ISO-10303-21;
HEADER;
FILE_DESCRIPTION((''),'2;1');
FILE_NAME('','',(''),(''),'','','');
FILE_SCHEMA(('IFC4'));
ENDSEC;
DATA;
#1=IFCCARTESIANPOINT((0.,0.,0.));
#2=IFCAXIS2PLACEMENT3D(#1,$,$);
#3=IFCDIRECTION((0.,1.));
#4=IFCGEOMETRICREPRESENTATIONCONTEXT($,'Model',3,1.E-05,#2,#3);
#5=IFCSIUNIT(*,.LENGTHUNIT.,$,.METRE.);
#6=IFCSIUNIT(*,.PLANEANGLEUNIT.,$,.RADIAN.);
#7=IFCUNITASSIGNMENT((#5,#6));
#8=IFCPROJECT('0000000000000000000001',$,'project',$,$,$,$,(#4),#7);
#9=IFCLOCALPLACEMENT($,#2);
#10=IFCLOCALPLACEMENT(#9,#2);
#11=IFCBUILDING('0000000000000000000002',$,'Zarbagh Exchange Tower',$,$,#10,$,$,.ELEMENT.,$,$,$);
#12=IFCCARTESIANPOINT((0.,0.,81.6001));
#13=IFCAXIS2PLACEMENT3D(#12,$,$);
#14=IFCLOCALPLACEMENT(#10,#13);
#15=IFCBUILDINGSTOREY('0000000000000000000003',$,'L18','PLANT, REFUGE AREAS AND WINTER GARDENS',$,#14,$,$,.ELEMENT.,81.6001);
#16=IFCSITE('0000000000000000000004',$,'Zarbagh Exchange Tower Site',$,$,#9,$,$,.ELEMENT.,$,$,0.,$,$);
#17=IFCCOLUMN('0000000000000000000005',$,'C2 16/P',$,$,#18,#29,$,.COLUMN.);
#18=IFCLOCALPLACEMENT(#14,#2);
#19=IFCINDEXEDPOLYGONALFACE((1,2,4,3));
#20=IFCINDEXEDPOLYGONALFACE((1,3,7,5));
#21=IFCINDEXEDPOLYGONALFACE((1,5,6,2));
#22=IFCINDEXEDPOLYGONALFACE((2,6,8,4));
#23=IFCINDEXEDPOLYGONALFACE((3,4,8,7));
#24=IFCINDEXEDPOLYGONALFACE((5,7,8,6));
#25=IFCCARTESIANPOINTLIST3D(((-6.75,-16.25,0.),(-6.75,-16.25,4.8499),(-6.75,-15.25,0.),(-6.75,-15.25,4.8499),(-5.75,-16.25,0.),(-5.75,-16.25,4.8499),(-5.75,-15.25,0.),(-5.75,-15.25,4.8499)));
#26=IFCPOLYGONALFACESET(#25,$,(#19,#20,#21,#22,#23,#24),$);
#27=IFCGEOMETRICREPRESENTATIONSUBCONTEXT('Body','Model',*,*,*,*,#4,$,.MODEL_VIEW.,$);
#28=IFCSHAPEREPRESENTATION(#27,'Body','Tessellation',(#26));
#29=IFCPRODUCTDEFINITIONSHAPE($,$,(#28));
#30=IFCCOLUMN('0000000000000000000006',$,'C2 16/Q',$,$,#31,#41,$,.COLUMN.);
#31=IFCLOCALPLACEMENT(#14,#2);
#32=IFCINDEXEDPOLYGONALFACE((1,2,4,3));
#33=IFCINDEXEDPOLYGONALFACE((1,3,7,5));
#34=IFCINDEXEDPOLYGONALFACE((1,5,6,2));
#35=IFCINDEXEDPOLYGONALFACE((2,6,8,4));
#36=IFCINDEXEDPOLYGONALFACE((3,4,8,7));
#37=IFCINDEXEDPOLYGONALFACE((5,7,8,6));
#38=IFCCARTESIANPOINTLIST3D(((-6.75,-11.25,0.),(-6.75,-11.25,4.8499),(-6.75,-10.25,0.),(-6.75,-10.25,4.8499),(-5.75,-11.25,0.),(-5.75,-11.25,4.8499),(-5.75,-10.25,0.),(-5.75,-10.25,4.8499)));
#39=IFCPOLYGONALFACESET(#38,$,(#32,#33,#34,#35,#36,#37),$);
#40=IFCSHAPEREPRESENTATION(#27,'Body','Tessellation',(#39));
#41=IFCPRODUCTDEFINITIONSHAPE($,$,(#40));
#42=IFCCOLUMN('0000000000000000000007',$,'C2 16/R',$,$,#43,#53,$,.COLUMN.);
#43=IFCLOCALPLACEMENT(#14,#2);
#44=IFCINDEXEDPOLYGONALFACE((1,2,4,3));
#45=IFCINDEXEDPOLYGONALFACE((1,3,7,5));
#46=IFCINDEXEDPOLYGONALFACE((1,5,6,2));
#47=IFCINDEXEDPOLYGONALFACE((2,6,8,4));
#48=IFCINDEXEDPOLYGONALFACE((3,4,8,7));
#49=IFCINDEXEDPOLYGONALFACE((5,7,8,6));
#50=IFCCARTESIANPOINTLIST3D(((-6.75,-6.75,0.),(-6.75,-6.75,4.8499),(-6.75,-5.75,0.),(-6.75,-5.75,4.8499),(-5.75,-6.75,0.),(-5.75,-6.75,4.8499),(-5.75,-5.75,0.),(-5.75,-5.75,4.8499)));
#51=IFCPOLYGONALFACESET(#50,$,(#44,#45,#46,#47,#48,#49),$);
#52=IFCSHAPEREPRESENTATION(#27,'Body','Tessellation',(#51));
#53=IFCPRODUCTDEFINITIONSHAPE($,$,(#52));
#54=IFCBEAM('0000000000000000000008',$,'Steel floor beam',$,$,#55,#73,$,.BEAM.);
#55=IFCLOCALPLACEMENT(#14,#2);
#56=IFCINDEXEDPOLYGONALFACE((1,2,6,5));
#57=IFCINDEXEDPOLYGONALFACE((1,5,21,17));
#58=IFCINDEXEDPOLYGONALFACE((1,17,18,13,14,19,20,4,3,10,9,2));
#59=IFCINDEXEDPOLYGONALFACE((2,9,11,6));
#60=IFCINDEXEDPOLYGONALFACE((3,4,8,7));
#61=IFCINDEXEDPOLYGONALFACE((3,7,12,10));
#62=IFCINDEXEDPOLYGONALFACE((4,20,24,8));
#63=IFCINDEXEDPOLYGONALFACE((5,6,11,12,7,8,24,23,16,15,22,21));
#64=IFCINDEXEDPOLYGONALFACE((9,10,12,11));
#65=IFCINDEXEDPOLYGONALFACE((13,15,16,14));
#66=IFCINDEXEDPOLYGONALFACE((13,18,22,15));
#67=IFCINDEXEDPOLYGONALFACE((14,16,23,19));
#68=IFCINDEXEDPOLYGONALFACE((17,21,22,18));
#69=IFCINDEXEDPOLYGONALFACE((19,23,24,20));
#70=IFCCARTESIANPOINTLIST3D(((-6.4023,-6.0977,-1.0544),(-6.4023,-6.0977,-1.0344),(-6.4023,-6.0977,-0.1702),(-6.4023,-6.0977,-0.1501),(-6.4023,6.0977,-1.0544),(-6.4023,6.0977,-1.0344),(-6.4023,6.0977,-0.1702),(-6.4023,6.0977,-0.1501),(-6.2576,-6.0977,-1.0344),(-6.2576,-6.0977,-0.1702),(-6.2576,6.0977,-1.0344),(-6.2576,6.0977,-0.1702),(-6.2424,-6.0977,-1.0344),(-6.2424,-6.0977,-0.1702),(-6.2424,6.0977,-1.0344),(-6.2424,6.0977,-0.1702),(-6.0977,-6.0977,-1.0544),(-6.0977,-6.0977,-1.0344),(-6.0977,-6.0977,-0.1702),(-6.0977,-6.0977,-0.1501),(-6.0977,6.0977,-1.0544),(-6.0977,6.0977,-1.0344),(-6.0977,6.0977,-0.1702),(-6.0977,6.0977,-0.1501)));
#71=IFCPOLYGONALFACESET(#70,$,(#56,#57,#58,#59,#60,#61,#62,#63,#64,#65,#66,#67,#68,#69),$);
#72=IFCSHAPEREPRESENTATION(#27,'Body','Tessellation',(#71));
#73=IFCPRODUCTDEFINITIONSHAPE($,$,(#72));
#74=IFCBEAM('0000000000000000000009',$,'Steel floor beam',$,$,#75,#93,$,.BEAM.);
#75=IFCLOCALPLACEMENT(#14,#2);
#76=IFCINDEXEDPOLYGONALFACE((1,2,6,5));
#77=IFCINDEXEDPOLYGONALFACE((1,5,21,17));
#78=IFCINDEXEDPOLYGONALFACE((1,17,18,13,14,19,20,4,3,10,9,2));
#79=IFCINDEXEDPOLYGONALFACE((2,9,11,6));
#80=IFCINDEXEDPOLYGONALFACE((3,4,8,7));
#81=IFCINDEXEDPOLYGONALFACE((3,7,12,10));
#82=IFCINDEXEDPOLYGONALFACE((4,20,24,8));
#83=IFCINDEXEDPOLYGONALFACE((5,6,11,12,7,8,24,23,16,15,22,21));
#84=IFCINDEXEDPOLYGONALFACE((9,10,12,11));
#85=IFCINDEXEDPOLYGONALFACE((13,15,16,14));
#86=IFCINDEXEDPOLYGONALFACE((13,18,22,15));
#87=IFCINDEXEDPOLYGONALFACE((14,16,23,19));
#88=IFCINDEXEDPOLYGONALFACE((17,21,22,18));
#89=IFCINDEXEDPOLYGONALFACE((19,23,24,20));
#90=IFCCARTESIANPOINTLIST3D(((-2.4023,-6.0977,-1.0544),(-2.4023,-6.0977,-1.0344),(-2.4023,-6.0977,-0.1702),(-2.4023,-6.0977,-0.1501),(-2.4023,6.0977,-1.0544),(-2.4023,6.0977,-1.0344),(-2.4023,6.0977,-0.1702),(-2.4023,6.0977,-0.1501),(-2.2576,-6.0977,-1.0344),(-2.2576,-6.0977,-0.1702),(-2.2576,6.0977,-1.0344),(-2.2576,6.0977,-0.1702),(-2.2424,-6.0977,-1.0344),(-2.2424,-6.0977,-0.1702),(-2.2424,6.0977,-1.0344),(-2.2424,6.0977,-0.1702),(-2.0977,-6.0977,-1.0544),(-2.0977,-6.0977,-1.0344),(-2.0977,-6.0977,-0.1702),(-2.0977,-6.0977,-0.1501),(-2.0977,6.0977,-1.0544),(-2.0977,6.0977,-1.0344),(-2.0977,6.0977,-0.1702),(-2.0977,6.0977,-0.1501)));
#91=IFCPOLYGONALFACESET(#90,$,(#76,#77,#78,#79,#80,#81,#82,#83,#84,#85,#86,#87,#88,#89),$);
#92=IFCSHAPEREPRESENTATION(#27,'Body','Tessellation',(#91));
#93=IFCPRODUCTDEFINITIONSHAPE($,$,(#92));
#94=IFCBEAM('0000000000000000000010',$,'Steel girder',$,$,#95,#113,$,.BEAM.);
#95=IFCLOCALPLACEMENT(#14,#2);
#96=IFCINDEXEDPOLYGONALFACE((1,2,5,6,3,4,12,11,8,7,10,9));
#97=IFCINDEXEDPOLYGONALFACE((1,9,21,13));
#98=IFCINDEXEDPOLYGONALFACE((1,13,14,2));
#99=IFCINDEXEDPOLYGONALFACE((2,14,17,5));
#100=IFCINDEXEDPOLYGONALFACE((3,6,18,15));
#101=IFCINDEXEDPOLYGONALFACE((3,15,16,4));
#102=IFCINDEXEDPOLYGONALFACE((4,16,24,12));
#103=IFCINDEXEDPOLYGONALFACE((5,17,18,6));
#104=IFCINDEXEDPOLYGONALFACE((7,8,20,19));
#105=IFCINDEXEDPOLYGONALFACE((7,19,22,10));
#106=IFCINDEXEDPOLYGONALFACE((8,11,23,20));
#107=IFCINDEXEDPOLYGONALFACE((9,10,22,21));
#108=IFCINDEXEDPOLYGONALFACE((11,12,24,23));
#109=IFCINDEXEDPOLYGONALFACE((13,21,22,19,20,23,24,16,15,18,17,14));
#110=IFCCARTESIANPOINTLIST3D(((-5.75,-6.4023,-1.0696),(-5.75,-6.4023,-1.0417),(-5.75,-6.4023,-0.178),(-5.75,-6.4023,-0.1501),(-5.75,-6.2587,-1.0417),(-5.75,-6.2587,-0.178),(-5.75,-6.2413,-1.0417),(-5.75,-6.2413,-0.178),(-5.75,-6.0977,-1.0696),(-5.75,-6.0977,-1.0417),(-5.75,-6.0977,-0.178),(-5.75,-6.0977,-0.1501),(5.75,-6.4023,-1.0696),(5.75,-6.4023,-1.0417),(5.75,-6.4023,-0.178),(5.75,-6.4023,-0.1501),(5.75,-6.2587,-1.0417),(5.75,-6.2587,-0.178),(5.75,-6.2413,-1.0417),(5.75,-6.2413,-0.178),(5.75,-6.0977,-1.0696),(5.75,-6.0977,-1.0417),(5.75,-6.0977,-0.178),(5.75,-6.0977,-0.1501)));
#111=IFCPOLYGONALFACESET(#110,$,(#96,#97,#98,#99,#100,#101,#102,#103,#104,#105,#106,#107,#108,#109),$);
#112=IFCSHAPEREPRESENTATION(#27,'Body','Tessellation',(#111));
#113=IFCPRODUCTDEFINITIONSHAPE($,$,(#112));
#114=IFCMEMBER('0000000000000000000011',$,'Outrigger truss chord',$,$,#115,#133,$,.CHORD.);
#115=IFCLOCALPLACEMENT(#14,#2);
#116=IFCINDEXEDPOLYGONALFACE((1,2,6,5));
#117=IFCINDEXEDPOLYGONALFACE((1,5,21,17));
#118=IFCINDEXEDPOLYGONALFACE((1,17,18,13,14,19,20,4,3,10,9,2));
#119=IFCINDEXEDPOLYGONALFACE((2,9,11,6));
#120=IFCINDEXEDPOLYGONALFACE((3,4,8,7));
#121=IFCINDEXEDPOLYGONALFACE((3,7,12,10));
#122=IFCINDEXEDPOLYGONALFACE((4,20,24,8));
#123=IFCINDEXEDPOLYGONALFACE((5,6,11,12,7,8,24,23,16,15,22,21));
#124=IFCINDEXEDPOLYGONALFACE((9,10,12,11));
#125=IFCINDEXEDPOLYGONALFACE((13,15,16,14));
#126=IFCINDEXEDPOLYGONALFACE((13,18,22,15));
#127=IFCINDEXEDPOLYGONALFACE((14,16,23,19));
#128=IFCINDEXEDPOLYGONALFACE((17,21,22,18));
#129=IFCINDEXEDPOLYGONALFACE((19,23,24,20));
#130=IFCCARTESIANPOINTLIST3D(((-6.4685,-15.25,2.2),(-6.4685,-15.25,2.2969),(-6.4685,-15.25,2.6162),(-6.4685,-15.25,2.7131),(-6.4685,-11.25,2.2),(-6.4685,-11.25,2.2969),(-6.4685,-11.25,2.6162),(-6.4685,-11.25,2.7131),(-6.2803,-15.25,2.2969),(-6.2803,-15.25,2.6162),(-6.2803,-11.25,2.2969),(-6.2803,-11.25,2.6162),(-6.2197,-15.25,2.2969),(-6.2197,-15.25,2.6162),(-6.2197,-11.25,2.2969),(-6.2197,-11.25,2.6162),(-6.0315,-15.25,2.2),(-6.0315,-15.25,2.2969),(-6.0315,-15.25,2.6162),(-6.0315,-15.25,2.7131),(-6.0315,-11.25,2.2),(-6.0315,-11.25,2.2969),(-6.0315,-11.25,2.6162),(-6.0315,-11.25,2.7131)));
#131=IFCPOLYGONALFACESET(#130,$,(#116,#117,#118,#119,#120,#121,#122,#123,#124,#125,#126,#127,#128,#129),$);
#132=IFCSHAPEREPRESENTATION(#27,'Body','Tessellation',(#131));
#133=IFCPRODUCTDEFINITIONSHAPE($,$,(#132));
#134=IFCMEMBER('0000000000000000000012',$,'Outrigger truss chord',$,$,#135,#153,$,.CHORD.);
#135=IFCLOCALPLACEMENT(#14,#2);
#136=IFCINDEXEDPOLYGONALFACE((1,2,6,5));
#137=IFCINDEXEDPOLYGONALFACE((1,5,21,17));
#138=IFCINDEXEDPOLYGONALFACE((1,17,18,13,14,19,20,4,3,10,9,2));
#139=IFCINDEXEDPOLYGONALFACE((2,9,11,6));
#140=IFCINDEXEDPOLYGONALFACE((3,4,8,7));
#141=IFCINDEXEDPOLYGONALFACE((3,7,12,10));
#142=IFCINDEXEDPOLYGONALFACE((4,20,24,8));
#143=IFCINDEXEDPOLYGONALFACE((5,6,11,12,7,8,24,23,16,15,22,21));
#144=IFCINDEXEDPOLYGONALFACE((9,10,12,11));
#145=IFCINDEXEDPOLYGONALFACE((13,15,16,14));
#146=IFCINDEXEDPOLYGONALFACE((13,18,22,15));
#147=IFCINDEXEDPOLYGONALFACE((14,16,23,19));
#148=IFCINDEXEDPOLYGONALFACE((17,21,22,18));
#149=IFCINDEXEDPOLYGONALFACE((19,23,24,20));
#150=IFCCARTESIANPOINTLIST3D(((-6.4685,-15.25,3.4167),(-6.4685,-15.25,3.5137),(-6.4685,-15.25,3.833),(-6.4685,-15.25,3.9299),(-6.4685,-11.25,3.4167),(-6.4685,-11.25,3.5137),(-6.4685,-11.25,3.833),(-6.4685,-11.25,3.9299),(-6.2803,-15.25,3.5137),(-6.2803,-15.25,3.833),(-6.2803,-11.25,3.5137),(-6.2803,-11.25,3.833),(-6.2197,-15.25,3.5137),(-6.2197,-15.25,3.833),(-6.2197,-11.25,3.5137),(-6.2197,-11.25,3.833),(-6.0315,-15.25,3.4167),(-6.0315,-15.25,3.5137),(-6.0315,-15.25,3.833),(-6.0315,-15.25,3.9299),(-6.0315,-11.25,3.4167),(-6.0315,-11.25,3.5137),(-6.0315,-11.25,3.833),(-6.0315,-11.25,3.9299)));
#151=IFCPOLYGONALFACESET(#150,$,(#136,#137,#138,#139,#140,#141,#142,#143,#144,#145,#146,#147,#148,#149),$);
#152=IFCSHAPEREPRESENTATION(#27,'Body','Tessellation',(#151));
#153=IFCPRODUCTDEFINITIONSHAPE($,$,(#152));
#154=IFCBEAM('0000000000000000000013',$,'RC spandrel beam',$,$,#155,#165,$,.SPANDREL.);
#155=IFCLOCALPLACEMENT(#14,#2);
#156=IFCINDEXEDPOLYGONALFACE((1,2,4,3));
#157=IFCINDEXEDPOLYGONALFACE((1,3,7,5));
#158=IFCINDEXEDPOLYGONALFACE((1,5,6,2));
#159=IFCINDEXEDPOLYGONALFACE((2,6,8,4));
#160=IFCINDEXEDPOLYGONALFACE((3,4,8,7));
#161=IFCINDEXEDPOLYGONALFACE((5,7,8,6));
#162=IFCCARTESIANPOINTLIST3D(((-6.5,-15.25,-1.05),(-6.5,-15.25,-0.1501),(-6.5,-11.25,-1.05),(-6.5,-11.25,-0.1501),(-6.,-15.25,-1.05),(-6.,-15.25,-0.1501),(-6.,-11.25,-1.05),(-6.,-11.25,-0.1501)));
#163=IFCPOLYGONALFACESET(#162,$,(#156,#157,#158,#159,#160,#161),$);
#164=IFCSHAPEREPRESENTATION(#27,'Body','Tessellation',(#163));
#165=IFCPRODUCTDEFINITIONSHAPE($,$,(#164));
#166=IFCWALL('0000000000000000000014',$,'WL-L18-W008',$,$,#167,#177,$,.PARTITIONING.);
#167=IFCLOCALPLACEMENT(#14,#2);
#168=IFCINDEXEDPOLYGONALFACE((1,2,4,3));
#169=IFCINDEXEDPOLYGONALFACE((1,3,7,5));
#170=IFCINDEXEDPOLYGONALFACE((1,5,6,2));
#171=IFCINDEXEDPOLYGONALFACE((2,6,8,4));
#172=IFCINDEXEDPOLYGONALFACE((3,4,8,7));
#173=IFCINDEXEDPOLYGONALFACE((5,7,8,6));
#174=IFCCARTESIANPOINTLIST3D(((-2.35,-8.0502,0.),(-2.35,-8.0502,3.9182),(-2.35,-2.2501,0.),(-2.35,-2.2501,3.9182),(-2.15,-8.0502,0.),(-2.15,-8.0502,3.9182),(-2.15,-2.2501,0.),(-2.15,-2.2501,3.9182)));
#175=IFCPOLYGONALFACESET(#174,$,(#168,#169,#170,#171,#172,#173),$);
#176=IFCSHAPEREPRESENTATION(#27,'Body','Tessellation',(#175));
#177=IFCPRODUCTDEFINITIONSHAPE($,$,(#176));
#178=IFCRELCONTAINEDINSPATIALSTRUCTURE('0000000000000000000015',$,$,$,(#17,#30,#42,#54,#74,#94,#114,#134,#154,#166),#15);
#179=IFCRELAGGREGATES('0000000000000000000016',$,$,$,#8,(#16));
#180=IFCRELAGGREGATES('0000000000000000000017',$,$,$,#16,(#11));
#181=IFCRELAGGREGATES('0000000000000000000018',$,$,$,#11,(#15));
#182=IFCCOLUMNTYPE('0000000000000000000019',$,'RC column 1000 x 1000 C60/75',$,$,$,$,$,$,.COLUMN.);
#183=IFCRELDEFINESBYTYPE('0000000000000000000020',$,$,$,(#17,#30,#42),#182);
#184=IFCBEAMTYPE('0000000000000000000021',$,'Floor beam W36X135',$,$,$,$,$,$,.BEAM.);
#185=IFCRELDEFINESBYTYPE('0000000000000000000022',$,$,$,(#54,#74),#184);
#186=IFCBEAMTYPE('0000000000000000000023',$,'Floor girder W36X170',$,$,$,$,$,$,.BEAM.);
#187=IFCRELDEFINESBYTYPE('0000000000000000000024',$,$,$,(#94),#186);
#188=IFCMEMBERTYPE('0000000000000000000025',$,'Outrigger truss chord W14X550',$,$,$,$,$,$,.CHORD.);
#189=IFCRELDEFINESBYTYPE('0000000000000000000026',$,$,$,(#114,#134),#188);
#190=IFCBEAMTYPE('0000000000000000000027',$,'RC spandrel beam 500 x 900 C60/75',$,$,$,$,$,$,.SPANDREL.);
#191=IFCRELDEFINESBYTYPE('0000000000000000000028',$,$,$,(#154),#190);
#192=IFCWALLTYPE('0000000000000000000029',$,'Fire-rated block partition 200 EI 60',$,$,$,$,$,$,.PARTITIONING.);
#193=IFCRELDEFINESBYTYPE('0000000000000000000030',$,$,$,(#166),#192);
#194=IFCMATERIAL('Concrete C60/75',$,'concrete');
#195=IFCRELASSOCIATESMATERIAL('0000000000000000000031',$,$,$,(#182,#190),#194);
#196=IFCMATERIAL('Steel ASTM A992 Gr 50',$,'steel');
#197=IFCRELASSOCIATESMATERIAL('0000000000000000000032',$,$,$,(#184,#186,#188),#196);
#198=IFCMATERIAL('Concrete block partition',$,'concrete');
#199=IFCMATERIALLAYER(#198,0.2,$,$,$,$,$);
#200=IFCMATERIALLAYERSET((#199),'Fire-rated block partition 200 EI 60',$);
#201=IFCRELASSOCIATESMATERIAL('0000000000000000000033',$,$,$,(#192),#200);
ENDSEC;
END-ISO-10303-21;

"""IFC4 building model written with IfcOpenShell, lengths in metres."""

from ifc_helpers import new_model, si_unit, direction, frame, frame_2d, origin, origin_2d, place, context, subcontext, project, spatial, rectangle, i_section, extrude, material, layer, layer_set, material_profile, profile_set, type_object, element, save


model = new_model("IFC4")

# Units and contexts
model_context = context("Model", 3, precision=1e-05, world=origin(), true_north=direction((0.0, 1.0)))
body_context = subcontext(model_context, "Body", "Model", "MODEL_VIEW")
ifc_project = project(units=[si_unit("LENGTHUNIT", "METRE"), si_unit("PLANEANGLEUNIT", "RADIAN")], contexts=[model_context])

# Site, building, storey
site_placement = place(None, origin())
site = spatial("IfcSite", under=ifc_project, at=site_placement, Name="Zarbagh Exchange Tower Site", CompositionType="ELEMENT", RefElevation=0.0)
building_placement = place(site_placement, origin())
building = spatial("IfcBuilding", under=site, at=building_placement, Name="Zarbagh Exchange Tower", CompositionType="ELEMENT")
storey_placement = place(building_placement, frame((0.0, 0.0, 81.6001)))
storey = spatial("IfcBuildingStorey", under=building, at=storey_placement, Name="L18", Description="PLANT, REFUGE AREAS AND WINTER GARDENS", CompositionType="ELEMENT", Elevation=81.6001)

# Columns
ifc_material_1 = material(Name="Concrete C60/75", Category="concrete")
ifc_material_profile_1 = material_profile(ifc_material_1, rectangle(XDim=1.0, YDim=1.0, at=origin_2d()), Name="RC column 1000 x 1000 C60/75")
ifc_profile_set_1 = profile_set([ifc_material_profile_1], Name="Concrete C60/75")
column_type = type_object("IfcColumnType", Name="RC column 1000 x 1000 C60/75", PredefinedType="COLUMN", material=ifc_profile_set_1)
for number, where, z_axis, x_axis, name in (
    (1, (-6.25, -15.75, 0.0), (0.0, 0.0, 1.0), (1.0, 0.0, 0.0), "C2 16/P"),
    (2, (-6.25, -10.75, 0.0), (0.0, 0.0, 1.0), (1.0, 0.0, 0.0), "C2 16/Q"),
    (3, (-6.25, -6.25, 0.0), (0.0, 0.0, 1.0), (1.0, 0.0, 0.0), "C2 16/R"),
):
    element("IfcColumn", number, at=place(storey_placement, frame(where, z_axis=z_axis, x_axis=x_axis)), inside=storey, type_object=column_type, Name=name, PredefinedType="COLUMN", context=body_context, shape_type="SweptSolid", body=[
        extrude(rectangle(XDim=1.0, YDim=1.0, at=origin_2d()), origin(), (0.0, 0.0, 1.0), 4.8499),
    ])

# Beams
ifc_material_2 = material(Name="Steel ASTM A992 Gr 50", Category="steel")
ifc_material_profile_2 = material_profile(ifc_material_2, i_section(OverallWidth=0.3047, OverallDepth=0.9043, WebThickness=0.0151, FlangeThickness=0.02, at=origin_2d()), Name="W36X135")
ifc_profile_set_2 = profile_set([ifc_material_profile_2], Name="Steel ASTM A992 Gr 50")
beam_type_1 = type_object("IfcBeamType", Name="Floor beam W36X135", PredefinedType="BEAM", material=ifc_profile_set_2)
for number, where, z_axis, x_axis, name in (
    (4, (-6.25, -6.0977, -0.6023), (0.0, 1.0, 0.0), (-1.0, 0.0, 0.0), "Steel floor beam"),
    (5, (-2.25, -6.0977, -0.6023), (0.0, 1.0, 0.0), (-1.0, 0.0, 0.0), "Steel floor beam"),
):
    element("IfcBeam", number, at=place(storey_placement, frame(where, z_axis=z_axis, x_axis=x_axis)), inside=storey, type_object=beam_type_1, Name=name, PredefinedType="BEAM", context=body_context, shape_type="SweptSolid", body=[
        extrude(i_section(OverallWidth=0.3047, OverallDepth=0.9043, WebThickness=0.0151, FlangeThickness=0.02, at=origin_2d()), origin(), (0.0, 0.0, 1.0), 12.1953),
    ])
ifc_material_profile_3 = material_profile(ifc_material_2, i_section(OverallWidth=0.3047, OverallDepth=0.9194, WebThickness=0.0173, FlangeThickness=0.0278, at=origin_2d()), Name="W36X170")
ifc_profile_set_3 = profile_set([ifc_material_profile_3], Name="Steel ASTM A992 Gr 50")
beam_type_2 = type_object("IfcBeamType", Name="Floor girder W36X170", PredefinedType="BEAM", material=ifc_profile_set_3)
beam_1_placement = place(storey_placement, frame((-5.75, -6.25, -0.6099), z_axis=(1.0, 0.0, 0.0), x_axis=(0.0, 1.0, 0.0)))
element("IfcBeam", 6, at=beam_1_placement, inside=storey, type_object=beam_type_2, Name="Steel girder", PredefinedType="BEAM", context=body_context, shape_type="SweptSolid", body=[
    extrude(i_section(OverallWidth=0.3047, OverallDepth=0.9194, WebThickness=0.0173, FlangeThickness=0.0278, at=origin_2d()), origin(), (0.0, 0.0, 1.0), 11.5),
])

# Members
ifc_material_profile_4 = material_profile(ifc_material_2, i_section(OverallWidth=0.437, OverallDepth=0.5132, WebThickness=0.0605, FlangeThickness=0.0969, at=origin_2d()), Name="W14X550")
ifc_profile_set_4 = profile_set([ifc_material_profile_4], Name="Steel ASTM A992 Gr 50")
member_type = type_object("IfcMemberType", Name="Outrigger truss chord W14X550", PredefinedType="CHORD", material=ifc_profile_set_4)
for number, where, z_axis, x_axis, name in (
    (7, (-6.25, -15.25, 2.4565), (0.0, 1.0, 0.0), (-1.0, 0.0, 0.0), "Outrigger truss chord"),
    (8, (-6.25, -15.25, 3.6733), (0.0, 1.0, 0.0), (-1.0, 0.0, 0.0), "Outrigger truss chord"),
):
    element("IfcMember", number, at=place(storey_placement, frame(where, z_axis=z_axis, x_axis=x_axis)), inside=storey, type_object=member_type, Name=name, PredefinedType="CHORD", context=body_context, shape_type="SweptSolid", body=[
        extrude(i_section(OverallWidth=0.437, OverallDepth=0.5132, WebThickness=0.0605, FlangeThickness=0.0969, at=origin_2d()), origin(), (0.0, 0.0, 1.0), 4.0),
    ])

# Beam
ifc_material_profile_5 = material_profile(ifc_material_1, rectangle(XDim=0.5, YDim=0.8999, at=origin_2d()), Name="RC spandrel beam 500 x 900 C60/75")
ifc_profile_set_5 = profile_set([ifc_material_profile_5], Name="Concrete C60/75")
beam_type_3 = type_object("IfcBeamType", Name="RC spandrel beam 500 x 900 C60/75", PredefinedType="SPANDREL", material=ifc_profile_set_5)
beam_2_placement = place(storey_placement, frame((-6.25, -15.25, -0.6001), z_axis=(0.0, 1.0, 0.0), x_axis=(-1.0, 0.0, 0.0)))
element("IfcBeam", 9, at=beam_2_placement, inside=storey, type_object=beam_type_3, Name="RC spandrel beam", PredefinedType="SPANDREL", context=body_context, shape_type="SweptSolid", body=[
    extrude(rectangle(XDim=0.5, YDim=0.8999, at=origin_2d()), origin(), (0.0, 0.0, 1.0), 4.0),
])

# Wall
ifc_material_3 = material(Name="Concrete block partition", Category="concrete")
ifc_layer_1 = layer(ifc_material_3, 0.2)
ifc_layer_set_1 = layer_set([ifc_layer_1], Name="Fire-rated block partition 200 EI 60")
wall_type_1 = type_object("IfcWallType", Name="Fire-rated block partition 200 EI 60", PredefinedType="PARTITIONING", material=ifc_layer_set_1)
wall_1_placement = place(storey_placement, frame((-2.25, -8.05, 0.0), z_axis=(0.0, 0.0, 1.0), x_axis=(0.0, 1.0, 0.0)))
element("IfcWall", 10, at=wall_1_placement, inside=storey, type_object=wall_type_1, Name="WL-L18-W008", PredefinedType="PARTITIONING", context=body_context, shape_type="SweptSolid", body=[
    extrude(rectangle(XDim=5.8, YDim=0.2, at=frame_2d((2.8999, 0.0))), origin(), (0.0, 0.0, 1.0), 3.9182),
])

save(model, "model.ifc")
